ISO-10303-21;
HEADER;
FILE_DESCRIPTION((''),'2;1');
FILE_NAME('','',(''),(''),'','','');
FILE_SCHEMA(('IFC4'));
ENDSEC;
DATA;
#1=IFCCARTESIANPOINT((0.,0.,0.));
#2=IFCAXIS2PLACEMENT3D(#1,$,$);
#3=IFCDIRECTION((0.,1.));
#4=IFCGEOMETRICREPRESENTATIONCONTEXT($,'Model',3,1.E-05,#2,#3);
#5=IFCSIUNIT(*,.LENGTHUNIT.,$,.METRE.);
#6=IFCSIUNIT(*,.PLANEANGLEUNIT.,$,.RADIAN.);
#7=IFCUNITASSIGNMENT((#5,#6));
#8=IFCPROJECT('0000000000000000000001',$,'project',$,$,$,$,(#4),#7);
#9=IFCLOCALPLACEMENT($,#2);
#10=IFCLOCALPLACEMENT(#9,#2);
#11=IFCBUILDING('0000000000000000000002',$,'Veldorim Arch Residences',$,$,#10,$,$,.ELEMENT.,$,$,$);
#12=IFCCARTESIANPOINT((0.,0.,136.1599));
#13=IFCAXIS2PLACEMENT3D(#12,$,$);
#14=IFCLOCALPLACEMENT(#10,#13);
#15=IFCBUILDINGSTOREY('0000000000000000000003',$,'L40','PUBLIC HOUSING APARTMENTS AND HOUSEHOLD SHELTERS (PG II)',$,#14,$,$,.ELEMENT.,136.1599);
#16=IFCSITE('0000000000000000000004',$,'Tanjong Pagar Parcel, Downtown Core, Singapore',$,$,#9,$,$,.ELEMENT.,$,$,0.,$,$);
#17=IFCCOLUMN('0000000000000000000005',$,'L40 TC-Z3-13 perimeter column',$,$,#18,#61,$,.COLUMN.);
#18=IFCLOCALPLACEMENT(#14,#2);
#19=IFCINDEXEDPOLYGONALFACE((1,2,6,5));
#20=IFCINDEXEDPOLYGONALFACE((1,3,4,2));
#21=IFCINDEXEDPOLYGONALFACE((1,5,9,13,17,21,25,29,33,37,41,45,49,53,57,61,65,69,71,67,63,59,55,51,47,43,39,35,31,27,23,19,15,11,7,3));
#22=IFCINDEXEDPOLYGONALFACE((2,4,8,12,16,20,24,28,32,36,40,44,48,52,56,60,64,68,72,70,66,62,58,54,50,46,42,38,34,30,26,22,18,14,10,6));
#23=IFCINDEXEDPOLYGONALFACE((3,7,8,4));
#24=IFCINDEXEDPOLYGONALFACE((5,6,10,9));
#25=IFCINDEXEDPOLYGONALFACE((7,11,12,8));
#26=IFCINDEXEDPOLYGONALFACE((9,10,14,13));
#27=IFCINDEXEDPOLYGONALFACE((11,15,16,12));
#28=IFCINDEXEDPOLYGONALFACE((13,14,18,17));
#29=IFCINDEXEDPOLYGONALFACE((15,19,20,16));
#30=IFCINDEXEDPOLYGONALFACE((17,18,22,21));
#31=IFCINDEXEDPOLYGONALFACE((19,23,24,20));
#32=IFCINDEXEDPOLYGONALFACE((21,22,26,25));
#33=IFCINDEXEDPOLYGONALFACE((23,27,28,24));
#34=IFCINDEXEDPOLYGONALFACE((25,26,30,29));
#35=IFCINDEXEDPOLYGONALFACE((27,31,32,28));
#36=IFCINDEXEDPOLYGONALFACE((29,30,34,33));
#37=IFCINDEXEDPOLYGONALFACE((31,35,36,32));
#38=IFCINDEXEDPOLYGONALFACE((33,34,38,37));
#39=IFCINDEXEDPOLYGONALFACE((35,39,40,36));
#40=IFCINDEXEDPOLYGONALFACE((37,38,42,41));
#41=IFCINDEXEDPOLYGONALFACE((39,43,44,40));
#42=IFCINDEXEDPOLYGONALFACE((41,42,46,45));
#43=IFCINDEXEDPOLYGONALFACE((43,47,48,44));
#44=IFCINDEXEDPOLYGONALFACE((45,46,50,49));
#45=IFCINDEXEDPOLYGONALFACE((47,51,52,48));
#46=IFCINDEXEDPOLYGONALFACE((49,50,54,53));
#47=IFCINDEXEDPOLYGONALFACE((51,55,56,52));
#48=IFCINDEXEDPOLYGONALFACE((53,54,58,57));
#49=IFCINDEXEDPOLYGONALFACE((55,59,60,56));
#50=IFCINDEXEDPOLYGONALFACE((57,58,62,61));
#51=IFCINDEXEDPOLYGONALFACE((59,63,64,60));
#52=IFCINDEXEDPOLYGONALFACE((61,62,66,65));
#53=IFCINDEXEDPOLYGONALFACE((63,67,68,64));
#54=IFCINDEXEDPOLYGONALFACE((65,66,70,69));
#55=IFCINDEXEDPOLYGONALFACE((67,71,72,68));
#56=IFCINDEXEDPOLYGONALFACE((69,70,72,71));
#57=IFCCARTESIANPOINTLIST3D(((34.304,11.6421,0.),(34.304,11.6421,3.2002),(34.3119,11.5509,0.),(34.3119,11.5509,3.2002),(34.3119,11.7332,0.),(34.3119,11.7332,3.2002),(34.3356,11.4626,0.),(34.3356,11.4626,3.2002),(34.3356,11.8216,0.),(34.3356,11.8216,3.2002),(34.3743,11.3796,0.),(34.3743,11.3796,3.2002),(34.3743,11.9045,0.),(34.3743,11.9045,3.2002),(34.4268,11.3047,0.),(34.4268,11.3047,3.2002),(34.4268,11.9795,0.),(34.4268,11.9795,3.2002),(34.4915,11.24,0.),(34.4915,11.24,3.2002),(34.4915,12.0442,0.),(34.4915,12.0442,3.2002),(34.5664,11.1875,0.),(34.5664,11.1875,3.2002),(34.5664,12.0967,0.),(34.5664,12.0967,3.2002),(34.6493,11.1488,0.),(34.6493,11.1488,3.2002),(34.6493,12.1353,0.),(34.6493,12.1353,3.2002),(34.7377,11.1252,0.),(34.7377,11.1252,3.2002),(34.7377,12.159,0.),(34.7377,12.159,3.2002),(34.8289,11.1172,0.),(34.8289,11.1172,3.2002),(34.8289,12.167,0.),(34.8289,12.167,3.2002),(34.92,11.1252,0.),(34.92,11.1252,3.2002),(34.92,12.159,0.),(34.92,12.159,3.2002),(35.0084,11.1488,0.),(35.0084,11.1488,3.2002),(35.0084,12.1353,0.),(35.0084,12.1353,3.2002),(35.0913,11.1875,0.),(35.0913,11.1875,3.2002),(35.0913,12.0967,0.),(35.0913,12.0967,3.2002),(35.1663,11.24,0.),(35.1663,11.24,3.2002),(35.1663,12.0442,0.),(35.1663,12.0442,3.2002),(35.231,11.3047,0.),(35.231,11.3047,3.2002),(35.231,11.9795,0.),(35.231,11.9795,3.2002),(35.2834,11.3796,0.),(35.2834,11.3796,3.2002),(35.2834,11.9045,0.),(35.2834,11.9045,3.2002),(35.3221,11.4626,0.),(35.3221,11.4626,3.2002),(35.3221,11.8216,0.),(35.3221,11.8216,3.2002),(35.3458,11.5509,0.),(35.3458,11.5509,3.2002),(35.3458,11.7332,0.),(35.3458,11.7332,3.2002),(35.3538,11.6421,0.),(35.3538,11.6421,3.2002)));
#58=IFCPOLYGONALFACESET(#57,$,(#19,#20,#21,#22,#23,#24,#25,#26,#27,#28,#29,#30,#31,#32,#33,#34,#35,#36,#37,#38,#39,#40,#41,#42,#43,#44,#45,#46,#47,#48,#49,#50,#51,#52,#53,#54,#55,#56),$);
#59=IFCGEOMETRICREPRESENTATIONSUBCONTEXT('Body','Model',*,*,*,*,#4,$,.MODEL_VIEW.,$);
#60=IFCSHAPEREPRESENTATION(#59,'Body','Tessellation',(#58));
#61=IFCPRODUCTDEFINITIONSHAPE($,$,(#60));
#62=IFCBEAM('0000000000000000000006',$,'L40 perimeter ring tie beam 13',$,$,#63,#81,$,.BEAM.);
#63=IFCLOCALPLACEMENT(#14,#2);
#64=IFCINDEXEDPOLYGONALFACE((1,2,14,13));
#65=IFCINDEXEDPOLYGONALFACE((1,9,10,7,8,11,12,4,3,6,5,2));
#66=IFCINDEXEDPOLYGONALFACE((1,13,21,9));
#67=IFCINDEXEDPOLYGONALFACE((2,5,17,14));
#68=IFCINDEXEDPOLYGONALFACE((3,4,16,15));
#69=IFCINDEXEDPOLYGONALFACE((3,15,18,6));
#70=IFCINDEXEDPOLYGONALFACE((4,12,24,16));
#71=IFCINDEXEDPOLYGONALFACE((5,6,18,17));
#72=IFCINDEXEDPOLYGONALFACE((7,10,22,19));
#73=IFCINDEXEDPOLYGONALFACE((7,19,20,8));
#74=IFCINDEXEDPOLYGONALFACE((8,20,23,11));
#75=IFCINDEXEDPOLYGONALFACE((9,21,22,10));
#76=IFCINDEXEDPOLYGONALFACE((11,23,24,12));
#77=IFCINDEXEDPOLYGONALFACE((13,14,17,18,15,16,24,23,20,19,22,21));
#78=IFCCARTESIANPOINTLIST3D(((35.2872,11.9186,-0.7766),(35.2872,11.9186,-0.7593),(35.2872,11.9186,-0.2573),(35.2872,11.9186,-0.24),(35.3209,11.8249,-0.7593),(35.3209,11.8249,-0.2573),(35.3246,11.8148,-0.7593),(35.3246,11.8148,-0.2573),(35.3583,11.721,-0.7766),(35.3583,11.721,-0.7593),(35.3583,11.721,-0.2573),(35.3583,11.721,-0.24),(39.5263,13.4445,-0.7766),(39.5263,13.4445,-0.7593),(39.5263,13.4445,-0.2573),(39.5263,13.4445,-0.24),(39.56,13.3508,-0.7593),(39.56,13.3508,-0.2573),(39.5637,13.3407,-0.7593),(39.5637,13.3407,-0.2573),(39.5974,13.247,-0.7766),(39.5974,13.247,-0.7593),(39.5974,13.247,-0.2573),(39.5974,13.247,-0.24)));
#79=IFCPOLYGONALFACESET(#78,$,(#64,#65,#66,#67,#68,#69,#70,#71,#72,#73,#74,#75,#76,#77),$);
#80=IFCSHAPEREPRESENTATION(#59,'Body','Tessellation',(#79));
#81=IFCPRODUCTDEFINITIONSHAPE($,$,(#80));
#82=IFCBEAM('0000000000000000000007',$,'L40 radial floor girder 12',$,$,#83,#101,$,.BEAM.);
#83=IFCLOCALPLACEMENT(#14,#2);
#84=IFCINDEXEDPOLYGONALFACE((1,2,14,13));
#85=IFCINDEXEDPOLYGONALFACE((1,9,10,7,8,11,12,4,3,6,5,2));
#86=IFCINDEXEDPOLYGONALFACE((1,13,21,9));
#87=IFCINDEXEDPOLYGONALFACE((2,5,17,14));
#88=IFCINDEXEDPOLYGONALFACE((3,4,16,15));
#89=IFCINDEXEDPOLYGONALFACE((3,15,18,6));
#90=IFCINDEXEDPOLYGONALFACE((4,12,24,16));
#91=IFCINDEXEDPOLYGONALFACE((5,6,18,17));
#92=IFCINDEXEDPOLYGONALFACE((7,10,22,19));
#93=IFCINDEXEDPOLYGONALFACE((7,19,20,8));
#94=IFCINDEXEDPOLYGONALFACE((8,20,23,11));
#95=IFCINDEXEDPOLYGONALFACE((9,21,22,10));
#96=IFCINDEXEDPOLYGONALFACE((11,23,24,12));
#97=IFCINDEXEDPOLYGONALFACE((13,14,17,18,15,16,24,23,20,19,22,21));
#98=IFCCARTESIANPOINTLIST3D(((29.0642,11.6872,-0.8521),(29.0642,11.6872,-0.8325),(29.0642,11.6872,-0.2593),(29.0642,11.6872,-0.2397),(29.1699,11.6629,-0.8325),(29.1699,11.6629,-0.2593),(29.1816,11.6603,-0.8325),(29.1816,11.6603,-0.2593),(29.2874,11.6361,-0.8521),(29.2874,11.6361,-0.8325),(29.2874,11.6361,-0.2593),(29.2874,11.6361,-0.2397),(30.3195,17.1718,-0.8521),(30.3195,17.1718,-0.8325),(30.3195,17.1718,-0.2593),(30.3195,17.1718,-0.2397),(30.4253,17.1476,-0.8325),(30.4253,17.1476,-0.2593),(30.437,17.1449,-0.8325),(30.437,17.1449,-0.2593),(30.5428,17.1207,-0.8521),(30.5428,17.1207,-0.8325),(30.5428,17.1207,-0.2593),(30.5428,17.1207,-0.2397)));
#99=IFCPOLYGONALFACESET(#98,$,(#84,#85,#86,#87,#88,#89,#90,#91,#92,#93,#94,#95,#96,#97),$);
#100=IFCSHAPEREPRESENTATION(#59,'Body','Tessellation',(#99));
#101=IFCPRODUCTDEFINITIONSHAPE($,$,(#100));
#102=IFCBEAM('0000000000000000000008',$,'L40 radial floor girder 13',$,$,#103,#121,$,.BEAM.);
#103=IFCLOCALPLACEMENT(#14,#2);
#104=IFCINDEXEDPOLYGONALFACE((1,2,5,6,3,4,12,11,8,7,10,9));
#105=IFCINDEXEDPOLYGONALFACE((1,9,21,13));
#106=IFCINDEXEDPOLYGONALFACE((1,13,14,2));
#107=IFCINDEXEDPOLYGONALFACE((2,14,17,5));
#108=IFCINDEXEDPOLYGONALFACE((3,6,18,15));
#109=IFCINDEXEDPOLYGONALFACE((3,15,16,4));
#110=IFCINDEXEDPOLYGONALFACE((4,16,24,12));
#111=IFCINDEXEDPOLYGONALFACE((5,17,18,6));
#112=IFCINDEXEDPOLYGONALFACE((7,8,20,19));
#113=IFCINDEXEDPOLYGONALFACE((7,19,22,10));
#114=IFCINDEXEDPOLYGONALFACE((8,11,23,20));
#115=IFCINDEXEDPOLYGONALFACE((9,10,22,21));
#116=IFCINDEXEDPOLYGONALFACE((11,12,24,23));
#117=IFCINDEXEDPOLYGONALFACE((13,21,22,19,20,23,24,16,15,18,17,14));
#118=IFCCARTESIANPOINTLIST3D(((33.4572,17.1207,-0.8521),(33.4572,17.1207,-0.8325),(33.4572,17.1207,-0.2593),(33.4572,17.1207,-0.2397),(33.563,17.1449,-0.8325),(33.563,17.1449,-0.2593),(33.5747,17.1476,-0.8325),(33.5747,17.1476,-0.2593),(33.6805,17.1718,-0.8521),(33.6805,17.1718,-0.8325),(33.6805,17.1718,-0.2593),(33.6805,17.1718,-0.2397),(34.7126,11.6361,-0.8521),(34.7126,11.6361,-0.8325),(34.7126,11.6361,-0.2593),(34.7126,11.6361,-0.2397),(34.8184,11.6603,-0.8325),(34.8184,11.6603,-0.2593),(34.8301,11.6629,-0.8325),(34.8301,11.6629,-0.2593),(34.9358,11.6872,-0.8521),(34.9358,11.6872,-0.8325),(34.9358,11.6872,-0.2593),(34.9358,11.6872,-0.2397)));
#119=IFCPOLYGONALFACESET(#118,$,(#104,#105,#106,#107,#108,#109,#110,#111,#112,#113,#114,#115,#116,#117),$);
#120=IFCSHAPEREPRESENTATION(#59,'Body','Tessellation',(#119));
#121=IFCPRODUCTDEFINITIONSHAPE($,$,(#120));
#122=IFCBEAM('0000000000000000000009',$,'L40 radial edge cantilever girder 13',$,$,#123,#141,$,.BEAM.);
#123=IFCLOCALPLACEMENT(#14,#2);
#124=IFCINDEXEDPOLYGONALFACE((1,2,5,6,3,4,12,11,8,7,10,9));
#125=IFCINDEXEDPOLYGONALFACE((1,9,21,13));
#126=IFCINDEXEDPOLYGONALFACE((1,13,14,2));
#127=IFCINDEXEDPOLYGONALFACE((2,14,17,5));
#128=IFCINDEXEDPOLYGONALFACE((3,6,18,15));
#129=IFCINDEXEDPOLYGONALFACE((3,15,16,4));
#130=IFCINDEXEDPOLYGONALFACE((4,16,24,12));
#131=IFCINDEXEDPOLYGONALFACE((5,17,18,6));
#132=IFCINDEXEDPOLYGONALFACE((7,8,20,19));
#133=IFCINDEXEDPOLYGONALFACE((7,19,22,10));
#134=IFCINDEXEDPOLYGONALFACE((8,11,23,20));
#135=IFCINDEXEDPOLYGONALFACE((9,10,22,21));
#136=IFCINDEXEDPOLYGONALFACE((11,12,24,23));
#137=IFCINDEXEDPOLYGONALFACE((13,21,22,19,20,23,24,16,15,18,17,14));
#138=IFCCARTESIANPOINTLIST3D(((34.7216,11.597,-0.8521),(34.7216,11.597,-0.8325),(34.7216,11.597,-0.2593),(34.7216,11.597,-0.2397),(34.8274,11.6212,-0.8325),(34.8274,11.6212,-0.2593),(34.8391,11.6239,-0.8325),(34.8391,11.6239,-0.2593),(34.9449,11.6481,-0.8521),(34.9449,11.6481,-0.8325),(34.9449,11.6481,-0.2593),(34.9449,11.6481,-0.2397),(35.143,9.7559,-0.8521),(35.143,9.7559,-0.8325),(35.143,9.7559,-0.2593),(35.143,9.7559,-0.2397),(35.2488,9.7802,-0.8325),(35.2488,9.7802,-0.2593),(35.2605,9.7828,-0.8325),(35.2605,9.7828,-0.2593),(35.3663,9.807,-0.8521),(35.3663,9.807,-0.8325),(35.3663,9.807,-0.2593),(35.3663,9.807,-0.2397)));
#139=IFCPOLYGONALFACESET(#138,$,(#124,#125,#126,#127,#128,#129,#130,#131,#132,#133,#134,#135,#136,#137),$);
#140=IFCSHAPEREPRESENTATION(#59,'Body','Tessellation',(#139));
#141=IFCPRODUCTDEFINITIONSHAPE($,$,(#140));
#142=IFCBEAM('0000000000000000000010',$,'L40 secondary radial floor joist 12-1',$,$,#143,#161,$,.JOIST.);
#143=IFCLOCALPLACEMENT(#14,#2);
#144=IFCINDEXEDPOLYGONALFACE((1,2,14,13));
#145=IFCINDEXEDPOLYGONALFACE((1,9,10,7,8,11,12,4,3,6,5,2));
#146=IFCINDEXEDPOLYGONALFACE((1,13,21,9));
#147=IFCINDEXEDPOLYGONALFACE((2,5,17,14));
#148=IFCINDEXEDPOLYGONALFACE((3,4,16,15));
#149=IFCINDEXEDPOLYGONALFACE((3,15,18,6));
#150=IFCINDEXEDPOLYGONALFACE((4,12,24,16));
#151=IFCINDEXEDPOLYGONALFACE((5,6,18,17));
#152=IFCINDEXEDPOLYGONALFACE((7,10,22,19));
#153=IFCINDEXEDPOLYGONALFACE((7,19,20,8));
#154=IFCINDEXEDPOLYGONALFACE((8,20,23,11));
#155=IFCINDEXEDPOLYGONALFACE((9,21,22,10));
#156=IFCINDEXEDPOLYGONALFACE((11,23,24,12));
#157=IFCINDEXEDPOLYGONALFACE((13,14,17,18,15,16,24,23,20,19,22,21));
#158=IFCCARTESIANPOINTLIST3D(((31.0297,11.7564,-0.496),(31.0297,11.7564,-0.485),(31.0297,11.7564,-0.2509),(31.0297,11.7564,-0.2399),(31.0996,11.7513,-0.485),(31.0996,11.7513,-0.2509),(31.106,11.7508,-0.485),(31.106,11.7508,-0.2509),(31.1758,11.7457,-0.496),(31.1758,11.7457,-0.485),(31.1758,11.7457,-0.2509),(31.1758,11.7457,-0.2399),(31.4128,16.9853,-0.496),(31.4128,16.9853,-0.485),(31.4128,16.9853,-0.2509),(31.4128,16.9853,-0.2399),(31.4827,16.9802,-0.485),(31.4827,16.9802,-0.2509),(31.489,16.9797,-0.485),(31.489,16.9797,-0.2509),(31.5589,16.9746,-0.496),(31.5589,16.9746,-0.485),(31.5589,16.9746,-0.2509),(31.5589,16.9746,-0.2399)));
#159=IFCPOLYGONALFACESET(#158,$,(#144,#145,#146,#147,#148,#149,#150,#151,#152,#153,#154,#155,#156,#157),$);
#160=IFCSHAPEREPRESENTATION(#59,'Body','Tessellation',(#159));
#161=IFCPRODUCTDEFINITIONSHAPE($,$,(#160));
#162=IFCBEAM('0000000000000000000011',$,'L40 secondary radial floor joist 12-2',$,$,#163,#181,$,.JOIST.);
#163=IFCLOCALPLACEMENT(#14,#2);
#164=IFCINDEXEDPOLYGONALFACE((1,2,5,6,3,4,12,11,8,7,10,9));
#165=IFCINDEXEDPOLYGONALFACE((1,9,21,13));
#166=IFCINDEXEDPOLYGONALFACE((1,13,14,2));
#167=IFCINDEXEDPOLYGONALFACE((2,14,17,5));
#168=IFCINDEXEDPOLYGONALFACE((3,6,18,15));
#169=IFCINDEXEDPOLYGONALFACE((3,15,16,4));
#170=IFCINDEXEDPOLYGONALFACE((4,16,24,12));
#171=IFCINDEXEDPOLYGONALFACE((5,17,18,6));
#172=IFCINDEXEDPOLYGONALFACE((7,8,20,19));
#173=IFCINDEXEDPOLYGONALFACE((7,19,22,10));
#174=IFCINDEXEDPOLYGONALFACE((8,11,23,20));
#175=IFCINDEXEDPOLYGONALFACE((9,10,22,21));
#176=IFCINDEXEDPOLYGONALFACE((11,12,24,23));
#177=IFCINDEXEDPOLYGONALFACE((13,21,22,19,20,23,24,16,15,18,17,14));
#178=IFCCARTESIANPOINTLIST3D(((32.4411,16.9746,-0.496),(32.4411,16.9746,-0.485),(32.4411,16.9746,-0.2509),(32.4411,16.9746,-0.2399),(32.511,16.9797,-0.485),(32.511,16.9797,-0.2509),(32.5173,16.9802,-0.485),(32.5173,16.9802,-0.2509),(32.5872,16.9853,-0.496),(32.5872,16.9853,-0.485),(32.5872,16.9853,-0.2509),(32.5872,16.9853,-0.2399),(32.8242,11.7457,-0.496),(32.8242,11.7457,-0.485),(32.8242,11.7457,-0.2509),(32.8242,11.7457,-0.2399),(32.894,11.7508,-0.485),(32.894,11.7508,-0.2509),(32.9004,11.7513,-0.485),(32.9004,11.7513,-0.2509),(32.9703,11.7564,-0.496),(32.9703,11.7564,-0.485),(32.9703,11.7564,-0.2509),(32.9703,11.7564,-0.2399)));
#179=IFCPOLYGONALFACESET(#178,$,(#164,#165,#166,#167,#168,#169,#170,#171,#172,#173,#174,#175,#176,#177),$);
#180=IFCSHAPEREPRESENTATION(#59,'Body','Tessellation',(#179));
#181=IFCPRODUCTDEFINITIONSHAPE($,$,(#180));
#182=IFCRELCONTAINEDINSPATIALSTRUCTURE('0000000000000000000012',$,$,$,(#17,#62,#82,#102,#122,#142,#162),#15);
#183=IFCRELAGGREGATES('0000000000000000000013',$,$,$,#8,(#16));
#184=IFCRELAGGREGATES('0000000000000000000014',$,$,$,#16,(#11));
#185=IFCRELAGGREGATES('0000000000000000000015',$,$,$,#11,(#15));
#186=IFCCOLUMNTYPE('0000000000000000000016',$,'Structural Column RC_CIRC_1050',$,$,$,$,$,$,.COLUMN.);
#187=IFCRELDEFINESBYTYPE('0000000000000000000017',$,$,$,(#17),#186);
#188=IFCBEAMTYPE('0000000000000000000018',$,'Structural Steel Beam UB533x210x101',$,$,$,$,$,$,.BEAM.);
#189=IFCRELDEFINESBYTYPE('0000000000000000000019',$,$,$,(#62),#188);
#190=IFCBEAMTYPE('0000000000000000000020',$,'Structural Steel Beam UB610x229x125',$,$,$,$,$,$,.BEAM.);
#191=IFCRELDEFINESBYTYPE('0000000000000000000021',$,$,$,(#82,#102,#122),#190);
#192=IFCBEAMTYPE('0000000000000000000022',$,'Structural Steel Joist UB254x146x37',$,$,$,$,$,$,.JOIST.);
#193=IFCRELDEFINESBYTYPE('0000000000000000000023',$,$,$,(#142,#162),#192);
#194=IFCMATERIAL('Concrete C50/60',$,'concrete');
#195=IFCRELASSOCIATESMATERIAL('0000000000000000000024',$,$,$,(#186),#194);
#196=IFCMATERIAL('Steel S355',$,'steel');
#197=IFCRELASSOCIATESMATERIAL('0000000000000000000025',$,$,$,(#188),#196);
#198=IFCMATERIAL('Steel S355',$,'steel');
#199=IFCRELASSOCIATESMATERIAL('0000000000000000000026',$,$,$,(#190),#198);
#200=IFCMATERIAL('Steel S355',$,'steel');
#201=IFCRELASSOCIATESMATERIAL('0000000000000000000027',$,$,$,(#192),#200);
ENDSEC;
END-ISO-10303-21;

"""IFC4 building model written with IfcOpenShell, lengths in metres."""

from ifc_helpers import new_model, si_unit, direction, frame, origin, origin_2d, place, context, subcontext, project, spatial, circle, i_section, extrude, material, material_profile, profile_set, type_object, element, save


model = new_model("IFC4")

# Units and contexts
model_context = context("Model", 3, precision=1e-05, world=origin(), true_north=direction((0.0, 1.0)))
body_context = subcontext(model_context, "Body", "Model", "MODEL_VIEW")
ifc_project = project(units=[si_unit("LENGTHUNIT", "METRE"), si_unit("PLANEANGLEUNIT", "RADIAN")], contexts=[model_context])

# Site, building, storey
site_placement = place(None, origin())
site = spatial("IfcSite", under=ifc_project, at=site_placement, Name="Tanjong Pagar Parcel, Downtown Core, Singapore", CompositionType="ELEMENT", RefElevation=0.0)
building_placement = place(site_placement, origin())
building = spatial("IfcBuilding", under=site, at=building_placement, Name="Veldorim Arch Residences", CompositionType="ELEMENT")
storey_placement = place(building_placement, frame((0.0, 0.0, 136.1599)))
storey = spatial("IfcBuildingStorey", under=building, at=storey_placement, Name="L40", Description="PUBLIC HOUSING APARTMENTS AND HOUSEHOLD SHELTERS (PG II)", CompositionType="ELEMENT", Elevation=136.1599)

# Column
ifc_material_1 = material(Name="Concrete C50/60", Category="concrete")
ifc_material_profile_1 = material_profile(ifc_material_1, circle(Radius=0.5249, at=origin_2d()), Name="RC_CIRC_1050")
ifc_profile_set_1 = profile_set([ifc_material_profile_1], Name="Concrete C50/60")
column_type = type_object("IfcColumnType", Name="Structural Column RC_CIRC_1050", PredefinedType="COLUMN", material=ifc_profile_set_1)
column_placement = place(storey_placement, frame((34.8289, 11.6421, 0.0), z_axis=(0.0, 0.0, 1.0), x_axis=(1.0, 0.0, 0.0)))
element("IfcColumn", 1, at=column_placement, inside=storey, type_object=column_type, Name="L40 TC-Z3-13 perimeter column", PredefinedType="COLUMN", context=body_context, shape_type="SweptSolid", body=[
    extrude(circle(Radius=0.5249, at=origin_2d()), origin(), (0.0, 0.0, 1.0), 3.2002),
])

# Beams
ifc_material_2 = material(Name="Steel S355", Category="steel")
ifc_material_profile_2 = material_profile(ifc_material_2, i_section(OverallWidth=0.21, OverallDepth=0.5366, WebThickness=0.0107, FlangeThickness=0.0173, at=origin_2d()), Name="UB533x210x101")
ifc_profile_set_2 = profile_set([ifc_material_profile_2], Name="Steel S355")
beam_type_1 = type_object("IfcBeamType", Name="Structural Steel Beam UB533x210x101", PredefinedType="BEAM", material=ifc_profile_set_2)
beam_1_placement = place(storey_placement, frame((35.3228, 11.8198, -0.5083), z_axis=(0.940899, 0.338687, 0.0), x_axis=(-0.338687, 0.940899, 0.0)))
element("IfcBeam", 2, at=beam_1_placement, inside=storey, type_object=beam_type_1, Name="L40 perimeter ring tie beam 13", PredefinedType="BEAM", context=body_context, shape_type="SweptSolid", body=[
    extrude(i_section(OverallWidth=0.21, OverallDepth=0.5366, WebThickness=0.0107, FlangeThickness=0.0173, at=origin_2d()), origin(), (0.0, 0.0, 1.0), 4.5054),
])
ifc_material_3 = material(Name="Steel S355", Category="steel")
ifc_material_profile_3 = material_profile(ifc_material_3, i_section(OverallWidth=0.229, OverallDepth=0.6123, WebThickness=0.012, FlangeThickness=0.0195, at=origin_2d()), Name="UB610x229x125")
ifc_profile_set_3 = profile_set([ifc_material_profile_3], Name="Steel S355")
beam_type_2 = type_object("IfcBeamType", Name="Structural Steel Beam UB610x229x125", PredefinedType="BEAM", material=ifc_profile_set_3)
for number, where, z_axis, x_axis, name in (
    (3, (30.4312, 17.1462, -0.5459), (-0.223119, -0.974791, 0.0), (0.974791, -0.223119, 0.0), "L40 radial floor girder 12"),
    (4, (33.5688, 17.1462, -0.5459), (0.223119, -0.974791, 0.0), (0.974791, 0.223119, 0.0), "L40 radial floor girder 13"),
):
    element("IfcBeam", number, at=place(storey_placement, frame(where, z_axis=z_axis, x_axis=x_axis)), inside=storey, type_object=beam_type_2, Name=name, PredefinedType="BEAM", context=body_context, shape_type="SweptSolid", body=[
        extrude(i_section(OverallWidth=0.229, OverallDepth=0.6123, WebThickness=0.012, FlangeThickness=0.0195, at=origin_2d()), origin(), (0.0, 0.0, 1.0), 5.6265),
    ])
beam_2_placement = place(storey_placement, frame((34.8333, 11.6226, -0.5459), z_axis=(0.223113, -0.974793, 0.0), x_axis=(0.974793, 0.223113, 0.0)))
element("IfcBeam", 5, at=beam_2_placement, inside=storey, type_object=beam_type_2, Name="L40 radial edge cantilever girder 13", PredefinedType="BEAM", context=body_context, shape_type="SweptSolid", body=[
    extrude(i_section(OverallWidth=0.229, OverallDepth=0.6123, WebThickness=0.012, FlangeThickness=0.0195, at=origin_2d()), origin(), (0.0, 0.0, 1.0), 1.8887),
])
ifc_material_4 = material(Name="Steel S355", Category="steel")
ifc_material_profile_4 = material_profile(ifc_material_4, i_section(OverallWidth=0.1465, OverallDepth=0.2561, WebThickness=0.0063, FlangeThickness=0.011, at=origin_2d()), Name="UB254x146x37")
ifc_profile_set_4 = profile_set([ifc_material_profile_4], Name="Steel S355")
beam_type_3 = type_object("IfcBeamType", Name="Structural Steel Joist UB254x146x37", PredefinedType="JOIST", material=ifc_profile_set_4)
for number, where, z_axis, x_axis, name in (
    (6, (31.4858, 16.98, -0.3679), (-0.07306, -0.997328, 0.0), (0.997328, -0.07306, 0.0), "L40 secondary radial floor joist 12-1"),
    (7, (32.5142, 16.98, -0.3679), (0.07306, -0.997328, 0.0), (0.997328, 0.07306, 0.0), "L40 secondary radial floor joist 12-2"),
):
    element("IfcBeam", number, at=place(storey_placement, frame(where, z_axis=z_axis, x_axis=x_axis)), inside=storey, type_object=beam_type_3, Name=name, PredefinedType="JOIST", context=body_context, shape_type="SweptSolid", body=[
        extrude(i_section(OverallWidth=0.1465, OverallDepth=0.2561, WebThickness=0.0063, FlangeThickness=0.011, at=origin_2d()), origin(), (0.0, 0.0, 1.0), 5.2429),
    ])

save(model, "model.ifc")
